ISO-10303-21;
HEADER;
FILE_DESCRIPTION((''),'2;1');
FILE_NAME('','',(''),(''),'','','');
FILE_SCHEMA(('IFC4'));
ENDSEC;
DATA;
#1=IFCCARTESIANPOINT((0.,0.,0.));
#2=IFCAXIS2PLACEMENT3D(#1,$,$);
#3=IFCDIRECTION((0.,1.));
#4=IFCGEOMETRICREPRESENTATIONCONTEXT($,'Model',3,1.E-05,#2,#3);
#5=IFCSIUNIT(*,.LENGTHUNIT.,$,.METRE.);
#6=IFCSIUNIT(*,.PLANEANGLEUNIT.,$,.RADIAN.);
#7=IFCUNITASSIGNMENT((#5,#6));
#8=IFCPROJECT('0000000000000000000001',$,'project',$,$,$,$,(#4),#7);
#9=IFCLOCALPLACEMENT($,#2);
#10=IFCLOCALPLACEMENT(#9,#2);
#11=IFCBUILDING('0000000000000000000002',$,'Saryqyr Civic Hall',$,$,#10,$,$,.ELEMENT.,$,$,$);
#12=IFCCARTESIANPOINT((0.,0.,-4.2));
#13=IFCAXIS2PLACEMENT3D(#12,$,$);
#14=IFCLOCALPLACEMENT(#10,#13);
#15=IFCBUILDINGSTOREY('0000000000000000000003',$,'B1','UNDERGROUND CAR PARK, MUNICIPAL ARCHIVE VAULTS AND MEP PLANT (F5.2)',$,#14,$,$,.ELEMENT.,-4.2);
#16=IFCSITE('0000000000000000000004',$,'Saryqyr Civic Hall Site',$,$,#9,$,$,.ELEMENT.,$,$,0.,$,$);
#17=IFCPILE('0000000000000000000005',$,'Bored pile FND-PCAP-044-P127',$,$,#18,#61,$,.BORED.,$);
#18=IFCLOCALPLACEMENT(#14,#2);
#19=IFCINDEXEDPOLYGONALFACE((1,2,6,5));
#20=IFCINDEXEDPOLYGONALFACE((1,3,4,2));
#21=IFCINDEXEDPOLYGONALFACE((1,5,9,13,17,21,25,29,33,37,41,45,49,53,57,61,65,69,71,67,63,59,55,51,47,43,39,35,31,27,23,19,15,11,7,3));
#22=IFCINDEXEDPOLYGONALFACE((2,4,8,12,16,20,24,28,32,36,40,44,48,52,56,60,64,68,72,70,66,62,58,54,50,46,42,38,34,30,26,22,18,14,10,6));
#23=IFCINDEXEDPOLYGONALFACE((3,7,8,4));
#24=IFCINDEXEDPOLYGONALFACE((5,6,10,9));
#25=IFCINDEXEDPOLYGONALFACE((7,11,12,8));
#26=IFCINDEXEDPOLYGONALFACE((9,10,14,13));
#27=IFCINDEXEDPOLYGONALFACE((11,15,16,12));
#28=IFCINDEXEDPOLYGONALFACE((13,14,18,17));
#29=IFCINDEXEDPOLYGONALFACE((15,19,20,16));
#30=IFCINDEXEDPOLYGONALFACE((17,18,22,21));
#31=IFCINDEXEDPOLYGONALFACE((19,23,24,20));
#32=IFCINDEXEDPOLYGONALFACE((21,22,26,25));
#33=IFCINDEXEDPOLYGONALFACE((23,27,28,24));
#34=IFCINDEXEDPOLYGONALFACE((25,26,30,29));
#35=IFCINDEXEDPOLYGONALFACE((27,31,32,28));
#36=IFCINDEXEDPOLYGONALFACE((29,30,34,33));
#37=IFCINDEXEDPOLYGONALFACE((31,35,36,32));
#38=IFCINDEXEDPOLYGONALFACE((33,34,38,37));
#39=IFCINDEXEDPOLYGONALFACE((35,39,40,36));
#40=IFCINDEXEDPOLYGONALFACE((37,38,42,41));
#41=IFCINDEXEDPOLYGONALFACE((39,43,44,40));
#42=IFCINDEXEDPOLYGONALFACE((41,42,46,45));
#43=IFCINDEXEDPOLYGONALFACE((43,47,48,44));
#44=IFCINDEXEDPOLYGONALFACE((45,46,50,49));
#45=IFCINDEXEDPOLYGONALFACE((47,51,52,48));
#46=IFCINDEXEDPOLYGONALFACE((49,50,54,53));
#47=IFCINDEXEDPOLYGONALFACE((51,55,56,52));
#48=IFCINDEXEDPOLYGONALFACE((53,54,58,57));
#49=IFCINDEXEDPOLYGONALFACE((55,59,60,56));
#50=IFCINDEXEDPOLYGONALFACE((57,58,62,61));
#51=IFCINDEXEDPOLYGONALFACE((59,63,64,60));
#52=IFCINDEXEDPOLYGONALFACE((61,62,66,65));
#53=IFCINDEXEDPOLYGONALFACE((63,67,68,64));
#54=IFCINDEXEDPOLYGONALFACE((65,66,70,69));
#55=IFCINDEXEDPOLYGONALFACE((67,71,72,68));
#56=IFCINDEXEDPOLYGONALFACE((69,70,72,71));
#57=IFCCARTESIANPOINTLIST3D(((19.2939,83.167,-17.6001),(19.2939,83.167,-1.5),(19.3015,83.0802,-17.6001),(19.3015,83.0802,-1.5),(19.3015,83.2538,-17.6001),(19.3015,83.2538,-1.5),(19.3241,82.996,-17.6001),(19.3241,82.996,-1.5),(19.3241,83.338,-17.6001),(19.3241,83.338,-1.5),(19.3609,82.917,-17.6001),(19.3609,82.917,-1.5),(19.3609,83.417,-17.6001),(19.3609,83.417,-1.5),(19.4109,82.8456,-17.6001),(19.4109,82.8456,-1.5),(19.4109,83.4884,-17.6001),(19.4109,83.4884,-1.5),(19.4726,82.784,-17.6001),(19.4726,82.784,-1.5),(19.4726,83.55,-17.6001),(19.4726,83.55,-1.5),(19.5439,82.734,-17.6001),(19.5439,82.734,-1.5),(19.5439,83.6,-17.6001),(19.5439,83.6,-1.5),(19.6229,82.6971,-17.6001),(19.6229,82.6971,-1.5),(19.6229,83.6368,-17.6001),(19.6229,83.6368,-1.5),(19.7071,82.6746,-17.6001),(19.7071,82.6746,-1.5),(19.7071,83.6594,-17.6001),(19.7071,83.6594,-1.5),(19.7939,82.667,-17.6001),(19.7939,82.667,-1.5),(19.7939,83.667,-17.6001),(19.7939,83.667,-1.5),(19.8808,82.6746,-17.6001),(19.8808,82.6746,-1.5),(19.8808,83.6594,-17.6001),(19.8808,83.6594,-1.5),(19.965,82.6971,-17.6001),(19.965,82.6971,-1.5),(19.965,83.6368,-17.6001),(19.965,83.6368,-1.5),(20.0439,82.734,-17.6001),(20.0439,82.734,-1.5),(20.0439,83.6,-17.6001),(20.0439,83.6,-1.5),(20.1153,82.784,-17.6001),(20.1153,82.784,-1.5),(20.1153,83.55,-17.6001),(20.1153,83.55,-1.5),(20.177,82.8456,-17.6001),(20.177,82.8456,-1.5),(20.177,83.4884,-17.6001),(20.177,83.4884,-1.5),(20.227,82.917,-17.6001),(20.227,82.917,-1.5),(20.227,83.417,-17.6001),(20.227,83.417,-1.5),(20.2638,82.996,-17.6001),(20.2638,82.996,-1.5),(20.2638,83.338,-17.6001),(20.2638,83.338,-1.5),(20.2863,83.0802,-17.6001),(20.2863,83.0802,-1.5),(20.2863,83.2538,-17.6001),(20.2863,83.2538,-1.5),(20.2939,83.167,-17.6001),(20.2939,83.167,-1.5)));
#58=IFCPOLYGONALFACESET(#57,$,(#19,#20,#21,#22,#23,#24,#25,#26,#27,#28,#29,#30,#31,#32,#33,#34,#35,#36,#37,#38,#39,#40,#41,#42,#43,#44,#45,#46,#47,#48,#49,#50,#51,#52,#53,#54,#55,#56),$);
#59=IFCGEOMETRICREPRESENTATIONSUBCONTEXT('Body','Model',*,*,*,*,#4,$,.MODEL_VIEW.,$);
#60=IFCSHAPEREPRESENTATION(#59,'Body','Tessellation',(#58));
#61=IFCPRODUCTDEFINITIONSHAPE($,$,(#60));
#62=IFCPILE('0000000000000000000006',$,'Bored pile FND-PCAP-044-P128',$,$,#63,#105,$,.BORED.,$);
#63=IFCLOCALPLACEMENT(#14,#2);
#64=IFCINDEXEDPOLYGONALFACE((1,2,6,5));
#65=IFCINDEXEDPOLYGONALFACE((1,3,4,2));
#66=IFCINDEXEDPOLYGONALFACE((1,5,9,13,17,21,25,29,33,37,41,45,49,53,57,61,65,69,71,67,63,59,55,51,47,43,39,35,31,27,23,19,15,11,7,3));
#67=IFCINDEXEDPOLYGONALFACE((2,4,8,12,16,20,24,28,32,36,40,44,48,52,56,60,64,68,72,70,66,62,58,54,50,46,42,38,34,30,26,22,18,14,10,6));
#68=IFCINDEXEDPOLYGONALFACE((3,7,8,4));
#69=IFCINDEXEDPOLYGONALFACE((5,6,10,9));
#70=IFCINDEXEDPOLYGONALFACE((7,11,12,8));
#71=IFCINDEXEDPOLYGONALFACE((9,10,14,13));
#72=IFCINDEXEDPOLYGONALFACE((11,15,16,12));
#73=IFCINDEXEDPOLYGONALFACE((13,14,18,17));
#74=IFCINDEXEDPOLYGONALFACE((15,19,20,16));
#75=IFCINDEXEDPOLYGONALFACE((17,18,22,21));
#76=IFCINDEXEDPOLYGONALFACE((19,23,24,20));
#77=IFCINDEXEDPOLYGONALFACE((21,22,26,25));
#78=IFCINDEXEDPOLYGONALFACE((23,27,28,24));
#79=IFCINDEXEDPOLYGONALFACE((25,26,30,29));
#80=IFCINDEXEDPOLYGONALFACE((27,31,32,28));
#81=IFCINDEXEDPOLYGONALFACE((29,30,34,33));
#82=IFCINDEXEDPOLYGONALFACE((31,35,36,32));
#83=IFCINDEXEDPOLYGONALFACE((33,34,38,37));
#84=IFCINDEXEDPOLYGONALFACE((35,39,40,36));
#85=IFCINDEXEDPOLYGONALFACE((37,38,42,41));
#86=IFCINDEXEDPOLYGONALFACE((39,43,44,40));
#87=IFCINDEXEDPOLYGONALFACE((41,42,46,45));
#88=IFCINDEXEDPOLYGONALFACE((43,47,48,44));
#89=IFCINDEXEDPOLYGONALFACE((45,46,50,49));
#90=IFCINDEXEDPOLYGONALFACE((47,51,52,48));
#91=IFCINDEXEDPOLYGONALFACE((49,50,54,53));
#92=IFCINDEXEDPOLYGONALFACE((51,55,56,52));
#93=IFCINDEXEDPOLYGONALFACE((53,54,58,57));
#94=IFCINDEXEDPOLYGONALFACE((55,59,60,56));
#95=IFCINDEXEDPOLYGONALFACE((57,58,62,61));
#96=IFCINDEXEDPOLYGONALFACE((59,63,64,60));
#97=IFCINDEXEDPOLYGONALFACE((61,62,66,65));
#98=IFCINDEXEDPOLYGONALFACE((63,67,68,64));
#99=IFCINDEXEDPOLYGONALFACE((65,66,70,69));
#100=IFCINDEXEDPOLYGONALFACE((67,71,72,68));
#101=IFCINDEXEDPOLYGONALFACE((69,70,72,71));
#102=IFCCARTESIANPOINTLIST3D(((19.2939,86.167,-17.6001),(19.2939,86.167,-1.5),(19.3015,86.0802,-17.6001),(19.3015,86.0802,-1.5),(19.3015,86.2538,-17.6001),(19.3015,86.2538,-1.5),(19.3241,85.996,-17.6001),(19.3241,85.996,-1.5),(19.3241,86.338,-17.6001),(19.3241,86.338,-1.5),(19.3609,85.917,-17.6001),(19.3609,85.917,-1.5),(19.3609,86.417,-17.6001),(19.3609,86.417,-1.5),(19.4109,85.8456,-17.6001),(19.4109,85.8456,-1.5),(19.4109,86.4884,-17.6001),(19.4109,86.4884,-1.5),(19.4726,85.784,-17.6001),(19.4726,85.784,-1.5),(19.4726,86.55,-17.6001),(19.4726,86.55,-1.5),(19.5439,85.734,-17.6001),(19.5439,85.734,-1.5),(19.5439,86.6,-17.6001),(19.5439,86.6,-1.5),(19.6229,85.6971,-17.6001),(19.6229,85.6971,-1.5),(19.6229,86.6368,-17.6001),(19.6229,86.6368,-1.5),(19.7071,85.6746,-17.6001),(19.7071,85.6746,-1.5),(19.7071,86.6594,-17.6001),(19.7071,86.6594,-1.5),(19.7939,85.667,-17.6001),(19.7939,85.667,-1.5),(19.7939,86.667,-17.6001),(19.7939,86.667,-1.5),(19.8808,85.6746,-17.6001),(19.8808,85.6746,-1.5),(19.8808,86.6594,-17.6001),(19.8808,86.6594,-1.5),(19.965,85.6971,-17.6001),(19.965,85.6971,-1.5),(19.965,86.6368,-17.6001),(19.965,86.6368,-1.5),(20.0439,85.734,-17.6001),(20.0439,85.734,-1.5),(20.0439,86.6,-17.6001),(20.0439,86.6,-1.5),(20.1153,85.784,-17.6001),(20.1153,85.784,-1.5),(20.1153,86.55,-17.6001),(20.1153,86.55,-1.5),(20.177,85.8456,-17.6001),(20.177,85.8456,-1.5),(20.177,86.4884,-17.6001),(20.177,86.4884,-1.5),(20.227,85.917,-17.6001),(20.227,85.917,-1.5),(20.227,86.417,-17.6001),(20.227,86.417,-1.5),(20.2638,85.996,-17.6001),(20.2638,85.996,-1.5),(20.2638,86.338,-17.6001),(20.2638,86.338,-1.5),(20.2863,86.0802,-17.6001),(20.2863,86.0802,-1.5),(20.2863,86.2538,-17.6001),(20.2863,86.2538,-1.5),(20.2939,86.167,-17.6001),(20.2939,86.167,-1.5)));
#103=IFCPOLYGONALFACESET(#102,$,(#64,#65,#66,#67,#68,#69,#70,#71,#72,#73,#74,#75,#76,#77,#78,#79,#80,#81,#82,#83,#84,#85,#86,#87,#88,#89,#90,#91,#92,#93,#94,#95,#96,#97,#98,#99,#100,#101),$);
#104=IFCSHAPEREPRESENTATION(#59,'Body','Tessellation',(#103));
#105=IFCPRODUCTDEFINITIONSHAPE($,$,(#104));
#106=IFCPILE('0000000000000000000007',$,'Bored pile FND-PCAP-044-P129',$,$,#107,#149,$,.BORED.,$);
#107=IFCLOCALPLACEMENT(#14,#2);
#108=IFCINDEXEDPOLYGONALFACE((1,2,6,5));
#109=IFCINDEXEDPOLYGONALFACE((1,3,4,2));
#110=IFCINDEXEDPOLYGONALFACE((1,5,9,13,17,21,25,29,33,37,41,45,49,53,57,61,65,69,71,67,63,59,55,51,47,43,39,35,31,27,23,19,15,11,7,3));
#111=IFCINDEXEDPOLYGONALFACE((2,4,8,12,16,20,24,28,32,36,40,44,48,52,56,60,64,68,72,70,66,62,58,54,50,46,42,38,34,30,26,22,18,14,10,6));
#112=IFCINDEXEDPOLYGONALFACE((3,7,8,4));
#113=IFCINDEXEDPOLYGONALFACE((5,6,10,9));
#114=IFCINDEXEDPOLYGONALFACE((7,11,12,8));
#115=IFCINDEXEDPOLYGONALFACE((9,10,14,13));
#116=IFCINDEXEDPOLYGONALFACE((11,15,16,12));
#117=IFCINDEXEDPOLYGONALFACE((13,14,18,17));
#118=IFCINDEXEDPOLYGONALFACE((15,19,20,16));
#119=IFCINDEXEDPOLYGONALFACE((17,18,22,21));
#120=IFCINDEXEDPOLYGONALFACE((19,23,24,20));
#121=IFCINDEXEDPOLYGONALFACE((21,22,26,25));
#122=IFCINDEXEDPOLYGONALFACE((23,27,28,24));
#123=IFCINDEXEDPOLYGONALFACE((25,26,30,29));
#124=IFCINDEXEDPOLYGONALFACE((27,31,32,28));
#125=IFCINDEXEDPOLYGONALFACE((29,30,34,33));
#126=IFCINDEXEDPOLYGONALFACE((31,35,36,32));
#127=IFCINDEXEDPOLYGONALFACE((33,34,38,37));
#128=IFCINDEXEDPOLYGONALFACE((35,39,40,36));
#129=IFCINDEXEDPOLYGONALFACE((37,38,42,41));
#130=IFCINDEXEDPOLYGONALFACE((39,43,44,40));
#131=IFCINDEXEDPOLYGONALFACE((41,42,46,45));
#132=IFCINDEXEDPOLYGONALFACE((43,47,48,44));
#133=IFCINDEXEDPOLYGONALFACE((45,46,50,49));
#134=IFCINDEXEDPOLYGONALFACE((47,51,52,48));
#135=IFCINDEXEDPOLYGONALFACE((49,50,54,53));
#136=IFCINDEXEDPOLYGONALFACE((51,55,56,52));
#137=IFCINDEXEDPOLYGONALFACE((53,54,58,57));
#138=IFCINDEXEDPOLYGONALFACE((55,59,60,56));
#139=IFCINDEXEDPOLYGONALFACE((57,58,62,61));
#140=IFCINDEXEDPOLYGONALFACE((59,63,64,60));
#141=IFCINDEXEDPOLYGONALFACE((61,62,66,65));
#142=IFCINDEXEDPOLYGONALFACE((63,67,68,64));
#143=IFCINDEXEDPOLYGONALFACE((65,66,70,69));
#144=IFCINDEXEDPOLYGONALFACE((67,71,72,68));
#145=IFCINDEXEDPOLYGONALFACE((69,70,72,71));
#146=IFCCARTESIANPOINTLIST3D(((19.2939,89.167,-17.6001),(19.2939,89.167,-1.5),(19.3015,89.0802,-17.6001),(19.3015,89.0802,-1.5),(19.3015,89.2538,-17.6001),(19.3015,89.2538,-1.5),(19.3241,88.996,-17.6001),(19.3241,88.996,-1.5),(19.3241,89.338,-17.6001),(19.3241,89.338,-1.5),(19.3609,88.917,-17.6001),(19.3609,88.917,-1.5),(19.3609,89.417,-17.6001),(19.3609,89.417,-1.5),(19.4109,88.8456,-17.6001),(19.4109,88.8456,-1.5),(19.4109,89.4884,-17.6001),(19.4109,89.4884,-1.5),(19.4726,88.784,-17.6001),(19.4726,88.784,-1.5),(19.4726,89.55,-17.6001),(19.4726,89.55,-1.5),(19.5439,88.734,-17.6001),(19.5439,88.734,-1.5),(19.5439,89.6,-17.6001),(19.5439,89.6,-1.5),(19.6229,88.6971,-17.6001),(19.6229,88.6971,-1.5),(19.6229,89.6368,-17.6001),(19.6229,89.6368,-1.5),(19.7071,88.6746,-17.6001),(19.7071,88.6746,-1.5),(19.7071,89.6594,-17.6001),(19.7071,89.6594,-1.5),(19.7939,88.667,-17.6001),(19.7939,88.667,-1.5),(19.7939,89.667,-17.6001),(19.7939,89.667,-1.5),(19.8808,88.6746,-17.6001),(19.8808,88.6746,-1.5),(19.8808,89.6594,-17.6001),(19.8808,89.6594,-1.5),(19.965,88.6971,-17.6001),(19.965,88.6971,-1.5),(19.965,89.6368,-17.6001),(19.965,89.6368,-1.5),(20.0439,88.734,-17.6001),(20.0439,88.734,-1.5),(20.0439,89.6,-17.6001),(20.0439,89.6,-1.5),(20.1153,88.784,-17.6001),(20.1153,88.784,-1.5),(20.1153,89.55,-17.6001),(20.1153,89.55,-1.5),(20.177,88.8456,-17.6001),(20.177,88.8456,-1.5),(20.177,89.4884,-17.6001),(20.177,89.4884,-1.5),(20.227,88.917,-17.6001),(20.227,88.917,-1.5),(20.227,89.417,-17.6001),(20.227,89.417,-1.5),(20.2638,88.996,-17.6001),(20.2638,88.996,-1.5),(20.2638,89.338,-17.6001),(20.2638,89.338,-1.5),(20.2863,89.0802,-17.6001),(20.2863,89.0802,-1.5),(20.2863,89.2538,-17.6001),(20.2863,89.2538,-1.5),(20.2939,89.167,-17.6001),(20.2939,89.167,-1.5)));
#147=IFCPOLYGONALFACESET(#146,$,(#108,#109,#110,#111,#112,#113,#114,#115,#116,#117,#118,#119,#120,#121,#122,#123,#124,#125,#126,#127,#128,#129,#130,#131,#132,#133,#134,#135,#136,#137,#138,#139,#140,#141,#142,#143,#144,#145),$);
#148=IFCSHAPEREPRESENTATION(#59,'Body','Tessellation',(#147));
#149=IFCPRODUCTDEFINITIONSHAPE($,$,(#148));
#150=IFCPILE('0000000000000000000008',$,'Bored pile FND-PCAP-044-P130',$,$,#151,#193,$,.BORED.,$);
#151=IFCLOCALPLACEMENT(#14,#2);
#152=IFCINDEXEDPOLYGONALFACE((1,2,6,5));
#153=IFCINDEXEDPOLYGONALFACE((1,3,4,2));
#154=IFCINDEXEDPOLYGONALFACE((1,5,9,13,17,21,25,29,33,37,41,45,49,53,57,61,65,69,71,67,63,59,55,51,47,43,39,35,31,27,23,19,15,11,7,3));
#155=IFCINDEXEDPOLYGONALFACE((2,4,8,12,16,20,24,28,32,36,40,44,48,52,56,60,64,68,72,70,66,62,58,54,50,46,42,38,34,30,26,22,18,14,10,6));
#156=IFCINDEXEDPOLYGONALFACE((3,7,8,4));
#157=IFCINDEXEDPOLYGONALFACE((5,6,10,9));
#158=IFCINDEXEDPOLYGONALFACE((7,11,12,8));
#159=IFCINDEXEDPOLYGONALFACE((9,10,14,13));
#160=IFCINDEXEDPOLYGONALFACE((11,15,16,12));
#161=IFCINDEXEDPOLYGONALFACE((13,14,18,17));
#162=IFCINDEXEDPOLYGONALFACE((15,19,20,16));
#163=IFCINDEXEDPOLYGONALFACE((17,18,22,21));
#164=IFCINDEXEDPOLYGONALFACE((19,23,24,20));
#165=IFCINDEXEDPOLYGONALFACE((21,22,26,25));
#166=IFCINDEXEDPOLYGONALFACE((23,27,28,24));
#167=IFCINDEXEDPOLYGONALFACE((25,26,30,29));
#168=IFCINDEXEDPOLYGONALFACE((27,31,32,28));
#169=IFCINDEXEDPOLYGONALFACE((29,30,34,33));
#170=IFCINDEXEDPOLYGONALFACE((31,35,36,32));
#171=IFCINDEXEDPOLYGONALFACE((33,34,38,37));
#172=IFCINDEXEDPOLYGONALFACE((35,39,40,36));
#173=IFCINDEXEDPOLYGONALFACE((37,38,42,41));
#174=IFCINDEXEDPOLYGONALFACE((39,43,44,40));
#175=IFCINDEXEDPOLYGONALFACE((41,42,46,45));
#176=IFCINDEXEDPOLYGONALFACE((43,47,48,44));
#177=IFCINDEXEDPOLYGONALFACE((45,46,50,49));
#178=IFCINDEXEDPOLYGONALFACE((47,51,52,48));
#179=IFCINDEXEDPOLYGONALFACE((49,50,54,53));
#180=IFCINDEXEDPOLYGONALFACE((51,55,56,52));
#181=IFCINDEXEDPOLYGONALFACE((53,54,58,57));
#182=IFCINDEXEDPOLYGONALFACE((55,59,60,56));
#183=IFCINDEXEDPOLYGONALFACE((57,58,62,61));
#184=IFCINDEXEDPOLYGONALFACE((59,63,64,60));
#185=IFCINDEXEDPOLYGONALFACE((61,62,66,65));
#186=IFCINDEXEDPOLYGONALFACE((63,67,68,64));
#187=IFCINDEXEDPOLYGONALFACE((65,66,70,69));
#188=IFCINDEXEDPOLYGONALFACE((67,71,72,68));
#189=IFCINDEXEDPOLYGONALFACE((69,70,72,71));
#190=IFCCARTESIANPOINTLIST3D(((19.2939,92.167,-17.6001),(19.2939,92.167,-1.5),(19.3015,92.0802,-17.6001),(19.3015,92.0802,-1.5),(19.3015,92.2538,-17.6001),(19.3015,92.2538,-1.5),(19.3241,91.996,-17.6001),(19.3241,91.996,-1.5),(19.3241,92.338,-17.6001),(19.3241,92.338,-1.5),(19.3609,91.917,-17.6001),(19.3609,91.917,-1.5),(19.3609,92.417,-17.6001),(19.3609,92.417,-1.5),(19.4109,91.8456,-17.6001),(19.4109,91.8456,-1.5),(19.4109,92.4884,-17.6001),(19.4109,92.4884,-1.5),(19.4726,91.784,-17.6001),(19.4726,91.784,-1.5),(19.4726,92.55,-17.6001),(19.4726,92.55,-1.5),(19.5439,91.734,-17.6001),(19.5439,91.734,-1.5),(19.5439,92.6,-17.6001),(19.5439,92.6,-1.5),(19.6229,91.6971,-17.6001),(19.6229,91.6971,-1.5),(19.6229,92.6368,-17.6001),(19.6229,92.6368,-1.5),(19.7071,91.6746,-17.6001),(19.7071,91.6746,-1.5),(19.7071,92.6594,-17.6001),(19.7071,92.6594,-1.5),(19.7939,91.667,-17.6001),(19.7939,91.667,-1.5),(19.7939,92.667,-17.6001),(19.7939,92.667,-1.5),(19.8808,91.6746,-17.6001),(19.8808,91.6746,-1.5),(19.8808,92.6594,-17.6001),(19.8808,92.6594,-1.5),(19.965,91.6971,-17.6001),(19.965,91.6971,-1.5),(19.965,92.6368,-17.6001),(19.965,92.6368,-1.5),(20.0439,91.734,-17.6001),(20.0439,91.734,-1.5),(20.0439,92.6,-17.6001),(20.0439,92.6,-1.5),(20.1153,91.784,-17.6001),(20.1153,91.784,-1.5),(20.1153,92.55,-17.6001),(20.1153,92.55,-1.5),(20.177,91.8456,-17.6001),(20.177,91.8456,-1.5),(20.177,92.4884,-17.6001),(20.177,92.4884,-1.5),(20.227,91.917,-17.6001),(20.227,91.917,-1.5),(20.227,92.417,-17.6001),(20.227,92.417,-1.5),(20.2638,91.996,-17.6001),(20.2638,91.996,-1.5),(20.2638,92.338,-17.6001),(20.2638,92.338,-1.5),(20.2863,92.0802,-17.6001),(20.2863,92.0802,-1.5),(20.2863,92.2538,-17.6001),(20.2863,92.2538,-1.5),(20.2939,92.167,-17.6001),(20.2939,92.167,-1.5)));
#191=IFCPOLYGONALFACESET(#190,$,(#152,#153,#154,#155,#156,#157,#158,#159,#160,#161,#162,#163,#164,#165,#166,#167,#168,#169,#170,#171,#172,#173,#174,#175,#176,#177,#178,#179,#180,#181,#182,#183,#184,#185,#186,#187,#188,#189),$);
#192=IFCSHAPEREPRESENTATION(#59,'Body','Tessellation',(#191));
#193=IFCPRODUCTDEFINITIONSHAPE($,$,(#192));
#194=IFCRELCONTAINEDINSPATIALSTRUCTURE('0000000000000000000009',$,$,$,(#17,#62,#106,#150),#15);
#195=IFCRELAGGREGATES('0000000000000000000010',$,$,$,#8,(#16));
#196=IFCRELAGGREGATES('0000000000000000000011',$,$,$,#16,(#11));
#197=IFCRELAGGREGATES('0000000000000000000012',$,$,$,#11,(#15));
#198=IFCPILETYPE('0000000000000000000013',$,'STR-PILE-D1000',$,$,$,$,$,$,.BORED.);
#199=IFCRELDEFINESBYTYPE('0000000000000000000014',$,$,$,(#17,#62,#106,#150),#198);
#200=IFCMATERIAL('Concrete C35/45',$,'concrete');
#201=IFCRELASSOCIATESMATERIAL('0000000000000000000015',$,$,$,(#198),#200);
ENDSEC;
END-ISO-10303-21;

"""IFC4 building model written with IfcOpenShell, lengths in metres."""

from ifc_helpers import new_model, si_unit, direction, frame, origin, origin_2d, place, context, subcontext, project, spatial, circle, extrude, material, material_profile, profile_set, type_object, element, save


model = new_model("IFC4")

# Units and contexts
model_context = context("Model", 3, precision=1e-05, world=origin(), true_north=direction((0.0, 1.0)))
body_context = subcontext(model_context, "Body", "Model", "MODEL_VIEW")
ifc_project = project(units=[si_unit("LENGTHUNIT", "METRE"), si_unit("PLANEANGLEUNIT", "RADIAN")], contexts=[model_context])

# Site, building, storey
site_placement = place(None, origin())
site = spatial("IfcSite", under=ifc_project, at=site_placement, Name="Saryqyr Civic Hall Site", CompositionType="ELEMENT", RefElevation=0.0)
building_placement = place(site_placement, origin())
building = spatial("IfcBuilding", under=site, at=building_placement, Name="Saryqyr Civic Hall", CompositionType="ELEMENT")
storey_placement = place(building_placement, frame((0.0, 0.0, -4.2)))
storey = spatial("IfcBuildingStorey", under=building, at=storey_placement, Name="B1", Description="UNDERGROUND CAR PARK, MUNICIPAL ARCHIVE VAULTS AND MEP PLANT (F5.2)", CompositionType="ELEMENT", Elevation=-4.2)

# Piles
ifc_material_1 = material(Name="Concrete C35/45", Category="concrete")
ifc_material_profile_1 = material_profile(ifc_material_1, circle(Radius=0.5, at=origin_2d()), Name="BORED PILE D1000")
ifc_profile_set_1 = profile_set([ifc_material_profile_1], Name="Concrete C35/45")
pile_type = type_object("IfcPileType", Name="STR-PILE-D1000", PredefinedType="BORED", material=ifc_profile_set_1)
for number, where, z_axis, x_axis, name in (
    (1, (19.7939, 83.167, -1.5), (0.0, 0.0, -1.0), (1.0, 0.0, 0.0), "Bored pile FND-PCAP-044-P127"),
    (2, (19.7939, 86.167, -1.5), (0.0, 0.0, -1.0), (1.0, 0.0, 0.0), "Bored pile FND-PCAP-044-P128"),
    (3, (19.7939, 89.167, -1.5), (0.0, 0.0, -1.0), (1.0, 0.0, 0.0), "Bored pile FND-PCAP-044-P129"),
    (4, (19.7939, 92.167, -1.5), (0.0, 0.0, -1.0), (1.0, 0.0, 0.0), "Bored pile FND-PCAP-044-P130"),
):
    element("IfcPile", number, at=place(storey_placement, frame(where, z_axis=z_axis, x_axis=x_axis)), inside=storey, type_object=pile_type, Name=name, PredefinedType="BORED", context=body_context, shape_type="SweptSolid", body=[
        extrude(circle(Radius=0.5, at=origin_2d()), origin(), (0.0, 0.0, 1.0), 16.1001),
    ])

save(model, "model.ifc")
